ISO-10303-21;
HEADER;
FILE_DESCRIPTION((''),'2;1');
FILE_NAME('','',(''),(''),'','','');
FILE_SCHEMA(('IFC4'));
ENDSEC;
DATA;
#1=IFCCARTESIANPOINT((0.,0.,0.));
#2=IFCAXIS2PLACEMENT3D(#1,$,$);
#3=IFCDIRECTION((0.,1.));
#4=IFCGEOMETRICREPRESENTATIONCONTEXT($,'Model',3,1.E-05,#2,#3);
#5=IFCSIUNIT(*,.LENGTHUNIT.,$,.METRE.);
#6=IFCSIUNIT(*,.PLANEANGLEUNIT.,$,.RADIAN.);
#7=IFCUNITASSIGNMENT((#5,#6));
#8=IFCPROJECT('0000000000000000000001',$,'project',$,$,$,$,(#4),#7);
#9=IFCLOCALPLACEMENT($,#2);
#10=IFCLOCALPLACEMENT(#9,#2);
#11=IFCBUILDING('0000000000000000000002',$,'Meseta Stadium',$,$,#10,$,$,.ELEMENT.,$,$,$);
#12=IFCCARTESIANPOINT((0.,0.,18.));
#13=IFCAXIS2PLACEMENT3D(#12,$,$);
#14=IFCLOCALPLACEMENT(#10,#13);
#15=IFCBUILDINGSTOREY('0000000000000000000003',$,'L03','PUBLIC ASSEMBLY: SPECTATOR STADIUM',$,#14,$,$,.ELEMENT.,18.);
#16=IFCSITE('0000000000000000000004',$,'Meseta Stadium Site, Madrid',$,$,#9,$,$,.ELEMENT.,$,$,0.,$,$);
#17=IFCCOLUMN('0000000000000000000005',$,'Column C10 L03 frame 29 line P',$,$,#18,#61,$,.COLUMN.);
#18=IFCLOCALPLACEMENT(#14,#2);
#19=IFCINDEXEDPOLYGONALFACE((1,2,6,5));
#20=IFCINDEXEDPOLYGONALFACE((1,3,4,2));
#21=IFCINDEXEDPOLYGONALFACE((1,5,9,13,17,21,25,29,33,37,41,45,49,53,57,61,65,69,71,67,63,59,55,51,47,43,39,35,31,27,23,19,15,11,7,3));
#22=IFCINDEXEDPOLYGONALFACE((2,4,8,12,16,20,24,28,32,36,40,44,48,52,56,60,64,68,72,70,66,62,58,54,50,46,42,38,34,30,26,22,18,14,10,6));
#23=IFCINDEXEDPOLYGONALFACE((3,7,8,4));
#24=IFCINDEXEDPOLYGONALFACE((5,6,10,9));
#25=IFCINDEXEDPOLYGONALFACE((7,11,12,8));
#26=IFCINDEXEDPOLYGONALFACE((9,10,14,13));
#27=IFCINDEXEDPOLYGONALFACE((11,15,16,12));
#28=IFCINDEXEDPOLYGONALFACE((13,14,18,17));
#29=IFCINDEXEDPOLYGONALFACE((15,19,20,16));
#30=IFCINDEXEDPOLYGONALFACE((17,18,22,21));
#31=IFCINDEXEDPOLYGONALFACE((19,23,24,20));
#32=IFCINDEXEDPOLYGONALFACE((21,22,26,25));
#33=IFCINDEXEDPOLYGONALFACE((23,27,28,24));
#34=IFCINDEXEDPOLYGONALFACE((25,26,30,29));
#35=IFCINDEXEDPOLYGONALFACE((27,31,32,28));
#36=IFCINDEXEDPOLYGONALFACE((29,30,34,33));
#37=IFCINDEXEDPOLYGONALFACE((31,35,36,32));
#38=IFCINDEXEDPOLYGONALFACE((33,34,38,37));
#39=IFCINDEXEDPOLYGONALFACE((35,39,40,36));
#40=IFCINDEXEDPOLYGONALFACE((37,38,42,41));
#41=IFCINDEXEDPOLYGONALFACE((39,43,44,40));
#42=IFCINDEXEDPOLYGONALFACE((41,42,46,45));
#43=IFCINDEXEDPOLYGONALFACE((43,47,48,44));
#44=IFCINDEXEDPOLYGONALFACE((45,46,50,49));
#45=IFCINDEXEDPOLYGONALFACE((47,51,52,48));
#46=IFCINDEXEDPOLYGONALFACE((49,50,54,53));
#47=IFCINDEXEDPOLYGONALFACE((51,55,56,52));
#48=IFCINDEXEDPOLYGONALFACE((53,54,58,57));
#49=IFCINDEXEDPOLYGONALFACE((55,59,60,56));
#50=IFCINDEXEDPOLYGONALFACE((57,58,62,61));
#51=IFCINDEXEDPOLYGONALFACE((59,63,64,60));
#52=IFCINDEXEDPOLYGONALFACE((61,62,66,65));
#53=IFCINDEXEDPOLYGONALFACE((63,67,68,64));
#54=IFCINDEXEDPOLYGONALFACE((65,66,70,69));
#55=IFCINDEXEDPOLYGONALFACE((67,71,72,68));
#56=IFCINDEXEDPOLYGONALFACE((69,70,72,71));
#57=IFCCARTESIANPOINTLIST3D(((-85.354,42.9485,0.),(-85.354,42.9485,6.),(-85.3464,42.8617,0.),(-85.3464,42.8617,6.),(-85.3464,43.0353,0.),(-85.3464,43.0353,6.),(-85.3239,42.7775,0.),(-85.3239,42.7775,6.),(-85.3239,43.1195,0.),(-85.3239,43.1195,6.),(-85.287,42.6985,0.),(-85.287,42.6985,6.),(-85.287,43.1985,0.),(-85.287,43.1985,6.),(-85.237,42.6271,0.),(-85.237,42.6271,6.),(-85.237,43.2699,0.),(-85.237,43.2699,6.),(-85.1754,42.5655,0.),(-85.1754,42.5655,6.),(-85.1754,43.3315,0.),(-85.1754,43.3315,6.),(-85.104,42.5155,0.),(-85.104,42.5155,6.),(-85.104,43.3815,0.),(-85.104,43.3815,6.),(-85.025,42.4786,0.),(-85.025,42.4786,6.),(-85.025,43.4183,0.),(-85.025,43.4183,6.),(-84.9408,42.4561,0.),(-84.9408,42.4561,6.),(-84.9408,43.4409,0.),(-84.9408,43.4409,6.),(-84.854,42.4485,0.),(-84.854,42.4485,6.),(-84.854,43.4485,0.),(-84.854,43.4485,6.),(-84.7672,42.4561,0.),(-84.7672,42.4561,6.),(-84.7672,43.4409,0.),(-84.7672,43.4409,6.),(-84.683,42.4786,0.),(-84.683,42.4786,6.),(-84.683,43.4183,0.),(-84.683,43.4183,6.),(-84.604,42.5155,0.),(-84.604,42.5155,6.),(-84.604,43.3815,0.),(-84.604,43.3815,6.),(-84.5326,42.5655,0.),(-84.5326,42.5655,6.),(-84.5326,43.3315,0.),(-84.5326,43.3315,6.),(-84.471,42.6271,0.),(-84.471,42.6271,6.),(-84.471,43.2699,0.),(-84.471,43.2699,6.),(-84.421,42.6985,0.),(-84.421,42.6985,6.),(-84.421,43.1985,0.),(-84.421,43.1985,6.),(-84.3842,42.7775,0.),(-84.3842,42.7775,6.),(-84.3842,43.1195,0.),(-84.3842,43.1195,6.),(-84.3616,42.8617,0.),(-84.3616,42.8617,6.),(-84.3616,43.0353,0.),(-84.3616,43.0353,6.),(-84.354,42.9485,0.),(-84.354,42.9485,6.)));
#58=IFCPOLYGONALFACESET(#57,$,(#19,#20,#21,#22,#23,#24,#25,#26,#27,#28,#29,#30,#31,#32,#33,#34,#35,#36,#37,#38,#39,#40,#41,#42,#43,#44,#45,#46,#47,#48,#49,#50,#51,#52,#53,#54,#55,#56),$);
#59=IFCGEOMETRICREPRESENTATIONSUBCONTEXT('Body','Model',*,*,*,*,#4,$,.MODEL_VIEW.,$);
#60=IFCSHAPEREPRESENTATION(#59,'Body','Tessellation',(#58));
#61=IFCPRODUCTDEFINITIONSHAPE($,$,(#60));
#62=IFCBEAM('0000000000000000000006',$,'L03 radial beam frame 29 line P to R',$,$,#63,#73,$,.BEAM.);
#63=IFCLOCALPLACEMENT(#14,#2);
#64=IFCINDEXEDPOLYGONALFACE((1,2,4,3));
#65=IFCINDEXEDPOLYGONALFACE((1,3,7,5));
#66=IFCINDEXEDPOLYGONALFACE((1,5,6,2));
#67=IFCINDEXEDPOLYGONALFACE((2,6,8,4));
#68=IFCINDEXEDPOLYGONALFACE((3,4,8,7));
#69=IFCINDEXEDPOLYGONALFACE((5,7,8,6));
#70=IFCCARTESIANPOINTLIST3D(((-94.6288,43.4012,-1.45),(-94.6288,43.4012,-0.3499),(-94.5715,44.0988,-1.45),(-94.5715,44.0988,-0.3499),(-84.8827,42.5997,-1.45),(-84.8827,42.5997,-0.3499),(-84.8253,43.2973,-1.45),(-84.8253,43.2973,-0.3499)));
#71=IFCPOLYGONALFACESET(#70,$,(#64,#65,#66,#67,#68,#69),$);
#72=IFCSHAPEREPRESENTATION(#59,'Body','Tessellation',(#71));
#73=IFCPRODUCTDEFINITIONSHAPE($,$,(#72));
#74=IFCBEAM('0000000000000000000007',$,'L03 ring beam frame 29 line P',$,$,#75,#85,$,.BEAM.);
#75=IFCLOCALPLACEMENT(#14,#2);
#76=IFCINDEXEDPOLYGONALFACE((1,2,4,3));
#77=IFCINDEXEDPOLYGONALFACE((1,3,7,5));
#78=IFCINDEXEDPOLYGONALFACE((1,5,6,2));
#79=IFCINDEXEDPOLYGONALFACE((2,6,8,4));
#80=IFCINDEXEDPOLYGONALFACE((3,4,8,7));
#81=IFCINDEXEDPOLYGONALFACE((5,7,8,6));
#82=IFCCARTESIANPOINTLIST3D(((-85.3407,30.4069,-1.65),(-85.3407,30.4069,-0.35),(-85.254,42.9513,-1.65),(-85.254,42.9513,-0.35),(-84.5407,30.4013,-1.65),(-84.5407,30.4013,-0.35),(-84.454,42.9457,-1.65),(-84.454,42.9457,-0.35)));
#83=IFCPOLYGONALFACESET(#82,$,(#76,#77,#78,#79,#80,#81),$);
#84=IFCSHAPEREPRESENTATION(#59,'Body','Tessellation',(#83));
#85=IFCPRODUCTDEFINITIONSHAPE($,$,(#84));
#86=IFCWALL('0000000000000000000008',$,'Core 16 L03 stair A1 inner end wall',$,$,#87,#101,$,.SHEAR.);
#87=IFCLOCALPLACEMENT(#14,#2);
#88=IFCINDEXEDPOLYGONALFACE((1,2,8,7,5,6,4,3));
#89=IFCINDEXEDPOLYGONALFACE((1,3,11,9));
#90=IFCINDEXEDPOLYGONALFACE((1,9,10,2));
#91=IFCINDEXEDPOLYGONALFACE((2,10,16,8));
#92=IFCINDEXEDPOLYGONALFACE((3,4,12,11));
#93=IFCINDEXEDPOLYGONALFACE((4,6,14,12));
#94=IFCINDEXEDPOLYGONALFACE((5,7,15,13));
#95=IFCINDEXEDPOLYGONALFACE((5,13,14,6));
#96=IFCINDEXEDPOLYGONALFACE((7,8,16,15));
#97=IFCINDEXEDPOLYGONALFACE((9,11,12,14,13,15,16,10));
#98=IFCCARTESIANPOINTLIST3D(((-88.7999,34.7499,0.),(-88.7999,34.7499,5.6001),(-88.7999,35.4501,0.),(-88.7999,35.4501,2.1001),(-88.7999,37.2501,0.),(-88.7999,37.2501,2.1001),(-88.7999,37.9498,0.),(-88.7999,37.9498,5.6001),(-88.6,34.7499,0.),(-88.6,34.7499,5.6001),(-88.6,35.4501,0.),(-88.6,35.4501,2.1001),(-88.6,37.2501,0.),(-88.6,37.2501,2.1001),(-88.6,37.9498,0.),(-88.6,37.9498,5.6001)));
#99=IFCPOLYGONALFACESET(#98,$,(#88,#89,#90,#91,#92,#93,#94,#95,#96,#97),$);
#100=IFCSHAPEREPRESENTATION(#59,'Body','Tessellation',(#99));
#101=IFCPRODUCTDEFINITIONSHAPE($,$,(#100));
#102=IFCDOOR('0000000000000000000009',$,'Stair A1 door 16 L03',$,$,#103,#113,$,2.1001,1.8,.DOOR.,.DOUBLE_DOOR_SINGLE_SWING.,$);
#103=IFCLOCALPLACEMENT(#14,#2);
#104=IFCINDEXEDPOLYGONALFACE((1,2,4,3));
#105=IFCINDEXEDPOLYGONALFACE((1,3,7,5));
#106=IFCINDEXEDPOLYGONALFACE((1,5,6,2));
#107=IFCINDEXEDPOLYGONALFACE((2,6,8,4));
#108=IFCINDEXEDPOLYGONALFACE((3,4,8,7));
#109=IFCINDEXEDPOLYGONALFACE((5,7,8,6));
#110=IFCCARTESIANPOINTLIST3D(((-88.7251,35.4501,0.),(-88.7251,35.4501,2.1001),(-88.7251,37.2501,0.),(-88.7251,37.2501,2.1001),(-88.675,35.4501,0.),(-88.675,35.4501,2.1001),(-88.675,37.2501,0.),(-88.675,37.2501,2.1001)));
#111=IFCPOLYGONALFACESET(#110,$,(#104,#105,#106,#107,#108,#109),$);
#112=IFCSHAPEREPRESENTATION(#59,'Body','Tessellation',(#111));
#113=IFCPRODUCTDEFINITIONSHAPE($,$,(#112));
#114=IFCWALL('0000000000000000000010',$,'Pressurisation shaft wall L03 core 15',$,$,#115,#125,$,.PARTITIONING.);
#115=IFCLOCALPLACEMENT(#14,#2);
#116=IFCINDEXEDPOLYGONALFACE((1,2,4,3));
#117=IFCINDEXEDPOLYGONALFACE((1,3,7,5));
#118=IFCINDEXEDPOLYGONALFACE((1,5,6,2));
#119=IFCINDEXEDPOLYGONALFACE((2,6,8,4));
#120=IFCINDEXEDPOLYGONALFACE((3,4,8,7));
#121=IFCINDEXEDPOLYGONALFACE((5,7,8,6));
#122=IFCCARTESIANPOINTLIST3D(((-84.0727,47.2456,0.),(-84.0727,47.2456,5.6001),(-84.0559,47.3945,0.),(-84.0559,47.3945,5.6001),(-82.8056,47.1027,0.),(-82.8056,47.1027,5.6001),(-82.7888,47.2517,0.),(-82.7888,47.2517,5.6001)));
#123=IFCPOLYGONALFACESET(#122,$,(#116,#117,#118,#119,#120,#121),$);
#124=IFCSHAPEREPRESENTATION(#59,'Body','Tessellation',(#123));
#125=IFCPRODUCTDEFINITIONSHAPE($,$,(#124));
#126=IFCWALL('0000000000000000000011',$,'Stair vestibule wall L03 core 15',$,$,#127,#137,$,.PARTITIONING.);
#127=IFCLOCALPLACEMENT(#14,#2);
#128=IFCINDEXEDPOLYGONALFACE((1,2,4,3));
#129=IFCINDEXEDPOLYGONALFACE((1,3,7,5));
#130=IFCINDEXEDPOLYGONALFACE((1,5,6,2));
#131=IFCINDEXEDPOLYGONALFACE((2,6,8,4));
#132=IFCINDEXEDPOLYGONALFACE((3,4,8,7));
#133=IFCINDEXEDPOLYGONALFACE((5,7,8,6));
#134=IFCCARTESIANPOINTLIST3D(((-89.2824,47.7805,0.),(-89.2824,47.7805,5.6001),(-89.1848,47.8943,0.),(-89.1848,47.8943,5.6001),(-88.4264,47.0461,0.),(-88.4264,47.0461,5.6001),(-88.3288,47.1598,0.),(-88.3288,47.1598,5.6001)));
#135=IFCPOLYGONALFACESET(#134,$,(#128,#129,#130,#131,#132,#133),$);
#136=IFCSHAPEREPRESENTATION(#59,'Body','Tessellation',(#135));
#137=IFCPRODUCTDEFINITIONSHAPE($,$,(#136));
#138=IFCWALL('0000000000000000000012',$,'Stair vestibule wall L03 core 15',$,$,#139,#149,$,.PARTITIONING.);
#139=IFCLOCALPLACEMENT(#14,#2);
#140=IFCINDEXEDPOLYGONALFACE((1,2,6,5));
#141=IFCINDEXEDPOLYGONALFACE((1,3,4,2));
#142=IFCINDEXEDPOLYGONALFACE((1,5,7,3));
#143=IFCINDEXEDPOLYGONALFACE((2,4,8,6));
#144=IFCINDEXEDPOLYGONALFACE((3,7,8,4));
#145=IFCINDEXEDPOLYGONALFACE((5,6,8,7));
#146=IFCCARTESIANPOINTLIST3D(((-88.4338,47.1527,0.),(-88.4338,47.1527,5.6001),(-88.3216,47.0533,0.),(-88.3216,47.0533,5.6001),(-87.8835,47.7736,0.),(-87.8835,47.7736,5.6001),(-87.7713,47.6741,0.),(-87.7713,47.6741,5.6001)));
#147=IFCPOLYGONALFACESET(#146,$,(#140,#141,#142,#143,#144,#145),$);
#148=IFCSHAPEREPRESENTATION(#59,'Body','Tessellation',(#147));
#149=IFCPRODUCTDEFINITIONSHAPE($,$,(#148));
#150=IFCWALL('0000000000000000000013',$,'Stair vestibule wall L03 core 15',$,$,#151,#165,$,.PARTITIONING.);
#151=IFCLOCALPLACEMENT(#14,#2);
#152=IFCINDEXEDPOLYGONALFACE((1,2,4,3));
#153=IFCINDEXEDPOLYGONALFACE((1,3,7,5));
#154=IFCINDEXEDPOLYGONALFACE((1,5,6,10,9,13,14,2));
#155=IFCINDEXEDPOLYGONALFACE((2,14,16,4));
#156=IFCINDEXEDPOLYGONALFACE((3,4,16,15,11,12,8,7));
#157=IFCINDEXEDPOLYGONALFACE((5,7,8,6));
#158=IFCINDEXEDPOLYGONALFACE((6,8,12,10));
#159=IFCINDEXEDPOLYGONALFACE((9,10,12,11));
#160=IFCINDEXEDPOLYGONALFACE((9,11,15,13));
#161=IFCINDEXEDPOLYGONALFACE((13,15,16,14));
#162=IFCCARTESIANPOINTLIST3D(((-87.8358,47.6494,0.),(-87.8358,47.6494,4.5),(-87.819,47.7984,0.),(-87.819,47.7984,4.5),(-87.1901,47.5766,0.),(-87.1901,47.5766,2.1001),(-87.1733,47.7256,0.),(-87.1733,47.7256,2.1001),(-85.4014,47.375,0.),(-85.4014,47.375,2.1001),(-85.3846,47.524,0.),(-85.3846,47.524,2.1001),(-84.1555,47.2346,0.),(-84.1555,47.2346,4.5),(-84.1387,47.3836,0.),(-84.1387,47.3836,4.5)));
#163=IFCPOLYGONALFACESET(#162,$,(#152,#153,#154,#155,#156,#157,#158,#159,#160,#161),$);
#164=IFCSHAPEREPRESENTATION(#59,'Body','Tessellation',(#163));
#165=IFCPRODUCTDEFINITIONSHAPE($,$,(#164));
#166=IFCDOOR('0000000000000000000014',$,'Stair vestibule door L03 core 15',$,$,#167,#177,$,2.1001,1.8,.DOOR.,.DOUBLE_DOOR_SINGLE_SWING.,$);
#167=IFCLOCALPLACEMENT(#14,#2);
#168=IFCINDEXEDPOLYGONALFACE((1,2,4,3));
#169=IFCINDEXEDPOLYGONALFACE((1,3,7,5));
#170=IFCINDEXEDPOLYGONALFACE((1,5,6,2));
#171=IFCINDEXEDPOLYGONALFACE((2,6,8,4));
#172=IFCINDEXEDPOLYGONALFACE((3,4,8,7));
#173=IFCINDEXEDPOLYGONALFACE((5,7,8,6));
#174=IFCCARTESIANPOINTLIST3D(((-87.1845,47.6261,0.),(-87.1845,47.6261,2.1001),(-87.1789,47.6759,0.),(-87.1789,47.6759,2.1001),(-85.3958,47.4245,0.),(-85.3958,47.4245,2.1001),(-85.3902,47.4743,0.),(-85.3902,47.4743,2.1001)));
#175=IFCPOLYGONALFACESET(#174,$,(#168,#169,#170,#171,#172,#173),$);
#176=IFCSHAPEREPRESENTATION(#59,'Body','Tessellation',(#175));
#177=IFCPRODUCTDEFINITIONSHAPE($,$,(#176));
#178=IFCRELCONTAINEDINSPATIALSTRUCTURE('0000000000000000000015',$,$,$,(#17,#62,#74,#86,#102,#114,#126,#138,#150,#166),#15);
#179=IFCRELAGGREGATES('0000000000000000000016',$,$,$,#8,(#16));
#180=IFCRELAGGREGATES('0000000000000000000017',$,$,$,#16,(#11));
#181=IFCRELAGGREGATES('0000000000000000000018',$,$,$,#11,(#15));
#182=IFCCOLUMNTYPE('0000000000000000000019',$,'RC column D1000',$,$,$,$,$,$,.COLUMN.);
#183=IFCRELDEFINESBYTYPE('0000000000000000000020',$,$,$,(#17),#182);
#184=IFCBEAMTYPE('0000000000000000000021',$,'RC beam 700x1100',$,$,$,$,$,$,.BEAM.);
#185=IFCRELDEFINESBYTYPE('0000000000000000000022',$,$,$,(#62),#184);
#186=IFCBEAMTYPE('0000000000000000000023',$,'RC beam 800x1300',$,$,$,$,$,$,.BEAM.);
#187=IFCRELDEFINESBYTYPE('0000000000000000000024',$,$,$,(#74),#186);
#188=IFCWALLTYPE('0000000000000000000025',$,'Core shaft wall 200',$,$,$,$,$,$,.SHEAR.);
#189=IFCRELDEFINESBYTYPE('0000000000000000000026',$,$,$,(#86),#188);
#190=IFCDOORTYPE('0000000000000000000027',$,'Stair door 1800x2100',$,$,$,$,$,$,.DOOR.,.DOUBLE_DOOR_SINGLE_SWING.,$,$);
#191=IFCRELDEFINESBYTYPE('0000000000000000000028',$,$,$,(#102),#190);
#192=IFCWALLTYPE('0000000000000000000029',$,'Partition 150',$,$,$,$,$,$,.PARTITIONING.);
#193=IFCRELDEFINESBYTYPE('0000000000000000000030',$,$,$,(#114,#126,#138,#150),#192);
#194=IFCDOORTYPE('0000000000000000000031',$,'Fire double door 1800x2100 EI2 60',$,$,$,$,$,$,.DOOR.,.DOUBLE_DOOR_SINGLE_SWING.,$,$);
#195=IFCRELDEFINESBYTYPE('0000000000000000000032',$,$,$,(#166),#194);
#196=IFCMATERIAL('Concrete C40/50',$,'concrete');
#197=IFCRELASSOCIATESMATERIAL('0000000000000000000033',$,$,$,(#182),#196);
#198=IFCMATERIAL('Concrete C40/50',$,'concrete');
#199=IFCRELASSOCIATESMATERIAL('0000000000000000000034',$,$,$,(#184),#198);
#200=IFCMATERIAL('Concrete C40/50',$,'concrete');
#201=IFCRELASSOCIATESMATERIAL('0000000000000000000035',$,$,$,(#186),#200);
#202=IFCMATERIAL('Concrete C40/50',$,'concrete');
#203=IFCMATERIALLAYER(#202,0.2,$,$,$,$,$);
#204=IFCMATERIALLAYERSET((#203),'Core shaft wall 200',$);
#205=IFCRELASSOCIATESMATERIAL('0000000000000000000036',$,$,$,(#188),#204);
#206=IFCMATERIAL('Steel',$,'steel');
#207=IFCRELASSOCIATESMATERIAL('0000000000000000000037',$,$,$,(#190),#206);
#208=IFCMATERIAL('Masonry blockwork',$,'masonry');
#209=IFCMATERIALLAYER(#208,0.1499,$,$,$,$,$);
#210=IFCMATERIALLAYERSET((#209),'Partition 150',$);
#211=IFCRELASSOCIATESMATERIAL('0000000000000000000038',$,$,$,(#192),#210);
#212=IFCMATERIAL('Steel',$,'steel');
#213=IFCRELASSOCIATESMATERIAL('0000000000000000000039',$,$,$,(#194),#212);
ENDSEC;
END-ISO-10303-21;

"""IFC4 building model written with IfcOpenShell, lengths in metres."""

from ifc_helpers import new_model, si_unit, direction, frame, frame_2d, origin, origin_2d, place, context, subcontext, project, spatial, rectangle, circle, extrude, material, layer, layer_set, material_profile, profile_set, type_object, element, fill, save


model = new_model("IFC4")

# Units and contexts
model_context = context("Model", 3, precision=1e-05, world=origin(), true_north=direction((0.0, 1.0)))
body_context = subcontext(model_context, "Body", "Model", "MODEL_VIEW")
ifc_project = project(units=[si_unit("LENGTHUNIT", "METRE"), si_unit("PLANEANGLEUNIT", "RADIAN")], contexts=[model_context])

# Site, building, storey
site_placement = place(None, origin())
site = spatial("IfcSite", under=ifc_project, at=site_placement, Name="Meseta Stadium Site, Madrid", CompositionType="ELEMENT", RefElevation=0.0)
building_placement = place(site_placement, origin())
building = spatial("IfcBuilding", under=site, at=building_placement, Name="Meseta Stadium", CompositionType="ELEMENT")
storey_placement = place(building_placement, frame((0.0, 0.0, 18.0)))
storey = spatial("IfcBuildingStorey", under=building, at=storey_placement, Name="L03", Description="PUBLIC ASSEMBLY: SPECTATOR STADIUM", CompositionType="ELEMENT", Elevation=18.0)

# Column
ifc_material_1 = material(Name="Concrete C40/50", Category="concrete")
ifc_material_profile_1 = material_profile(ifc_material_1, circle(Radius=0.5, at=origin_2d()), Name="RC D1000")
ifc_profile_set_1 = profile_set([ifc_material_profile_1], Name="Concrete C40/50")
column_type = type_object("IfcColumnType", Name="RC column D1000", PredefinedType="COLUMN", material=ifc_profile_set_1)
column_placement = place(storey_placement, frame((-84.854, 42.9485, 0.0), z_axis=(0.0, 0.0, 1.0), x_axis=(1.0, 0.0, 0.0)))
element("IfcColumn", 1, at=column_placement, inside=storey, type_object=column_type, Name="Column C10 L03 frame 29 line P", PredefinedType="COLUMN", context=body_context, shape_type="SweptSolid", body=[
    extrude(circle(Radius=0.5, at=origin_2d()), origin(), (0.0, 0.0, 1.0), 6.0),
])

# Beams
ifc_material_2 = material(Name="Concrete C40/50", Category="concrete")
ifc_material_profile_2 = material_profile(ifc_material_2, rectangle(XDim=0.7, YDim=1.1001, at=origin_2d()), Name="RC 700x1100")
ifc_profile_set_2 = profile_set([ifc_material_profile_2], Name="Concrete C40/50")
beam_type_1 = type_object("IfcBeamType", Name="RC beam 700x1100", PredefinedType="BEAM", material=ifc_profile_set_2)
beam_1_placement = place(storey_placement, frame((-84.854, 42.9485, -0.8999), z_axis=(-0.996635, 0.081963, 0.0), x_axis=(-0.081963, -0.996635, 0.0)))
element("IfcBeam", 2, at=beam_1_placement, inside=storey, type_object=beam_type_1, Name="L03 radial beam frame 29 line P to R", PredefinedType="BEAM", context=body_context, shape_type="SweptSolid", body=[
    extrude(rectangle(XDim=0.7, YDim=1.1001, at=origin_2d()), origin(), (0.0, 0.0, 1.0), 9.7791),
])
ifc_material_3 = material(Name="Concrete C40/50", Category="concrete")
ifc_material_profile_3 = material_profile(ifc_material_3, rectangle(XDim=0.8, YDim=1.3, at=origin_2d()), Name="RC 800x1300")
ifc_profile_set_3 = profile_set([ifc_material_profile_3], Name="Concrete C40/50")
beam_type_2 = type_object("IfcBeamType", Name="RC beam 800x1300", PredefinedType="BEAM", material=ifc_profile_set_3)
beam_2_placement = place(storey_placement, frame((-84.854, 42.9485, -1.0), z_axis=(-0.006909, -0.999976, 0.0), x_axis=(0.999976, -0.006909, 0.0)))
element("IfcBeam", 3, at=beam_2_placement, inside=storey, type_object=beam_type_2, Name="L03 ring beam frame 29 line P", PredefinedType="BEAM", context=body_context, shape_type="SweptSolid", body=[
    extrude(rectangle(XDim=0.8, YDim=1.3, at=origin_2d()), origin(), (0.0, 0.0, 1.0), 12.5447),
])

# Wall, opening, door
ifc_material_4 = material(Name="Concrete C40/50", Category="concrete")
ifc_layer_1 = layer(ifc_material_4, 0.2)
ifc_layer_set_1 = layer_set([ifc_layer_1], Name="Core shaft wall 200")
wall_type_1 = type_object("IfcWallType", Name="Core shaft wall 200", PredefinedType="SHEAR", material=ifc_layer_set_1)
wall_1_placement = place(storey_placement, frame((-88.7, 37.95, 0.0), z_axis=(0.0, 0.0, 1.0), x_axis=(0.0, -1.0, 0.0)))
wall_1 = element("IfcWall", 4, at=wall_1_placement, inside=storey, type_object=wall_type_1, Name="Core 16 L03 stair A1 inner end wall", PredefinedType="SHEAR", context=body_context, shape_type="SweptSolid", body=[
    extrude(rectangle(XDim=3.2, YDim=0.2, at=frame_2d((1.6001, 0.0))), origin(), (0.0, 0.0, 1.0), 5.6001),
])
opening_1_placement = place(wall_1_placement, frame((0.7, 0.0, 0.0)))
opening_1 = element("IfcOpeningElement", 5, at=opening_1_placement, cuts=wall_1, PredefinedType="OPENING", context=body_context, shape_type="SweptSolid", body=[
    extrude(rectangle(XDim=1.8, YDim=2.1001, at=frame_2d((0.8999, 1.05))), frame((0.0, 0.1099, 0.0), z_axis=(0.0, -1.0, 0.0), x_axis=(1.0, 0.0, 0.0)), (0.0, 0.0, 1.0), 0.22),
])
ifc_material_5 = material(Name="Steel", Category="steel")
door_type_1 = type_object("IfcDoorType", Name="Stair door 1800x2100", OperationType="DOUBLE_DOOR_SINGLE_SWING", PredefinedType="DOOR", material=ifc_material_5)
door_1_placement = place(opening_1_placement, origin())
door_1 = element("IfcDoor", 6, at=door_1_placement, inside=storey, type_object=door_type_1, Name="Stair A1 door 16 L03", OperationType="DOUBLE_DOOR_SINGLE_SWING", OverallHeight=2.1001, OverallWidth=1.8, PredefinedType="DOOR", context=body_context, shape_type="SweptSolid", body=[
    extrude(rectangle(XDim=1.8, YDim=2.1001, at=frame_2d((0.8999, 1.05))), frame((0.0, 0.0249, 0.0), z_axis=(0.0, -1.0, 0.0), x_axis=(1.0, 0.0, 0.0)), (0.0, 0.0, 1.0), 0.05),
])
fill(opening_1, door_1)

# Walls
ifc_material_6 = material(Name="Masonry blockwork", Category="masonry")
ifc_layer_2 = layer(ifc_material_6, 0.1499)
ifc_layer_set_2 = layer_set([ifc_layer_2], Name="Partition 150")
wall_type_2 = type_object("IfcWallType", Name="Partition 150", PredefinedType="PARTITIONING", material=ifc_layer_set_2)
wall_2_placement = place(storey_placement, frame((-84.0645, 47.3201, 0.0), z_axis=(0.0, 0.0, 1.0), x_axis=(0.993707, -0.112007, 0.0)))
element("IfcWall", 7, at=wall_2_placement, inside=storey, type_object=wall_type_2, Name="Pressurisation shaft wall L03 core 15", PredefinedType="PARTITIONING", context=body_context, shape_type="SweptSolid", body=[
    extrude(rectangle(XDim=1.2751, YDim=0.1499, at=frame_2d((0.6377, 0.0))), origin(), (0.0, 0.0, 1.0), 5.6001),
])
wall_3_placement = place(storey_placement, frame((-89.2336, 47.8374, 0.0), z_axis=(0.0, 0.0, 1.0), x_axis=(0.758951, -0.651148, 0.0)))
element("IfcWall", 8, at=wall_3_placement, inside=storey, type_object=wall_type_2, Name="Stair vestibule wall L03 core 15", PredefinedType="PARTITIONING", context=body_context, shape_type="SweptSolid", body=[
    extrude(rectangle(XDim=1.1279, YDim=0.1499, at=frame_2d((0.564, 0.0))), origin(), (0.0, 0.0, 1.0), 5.6001),
])
wall_4_placement = place(storey_placement, frame((-88.3777, 47.103, 0.0), z_axis=(0.0, 0.0, 1.0), x_axis=(0.663304, 0.74835, 0.0)))
element("IfcWall", 9, at=wall_4_placement, inside=storey, type_object=wall_type_2, Name="Stair vestibule wall L03 core 15", PredefinedType="PARTITIONING", context=body_context, shape_type="SweptSolid", body=[
    extrude(rectangle(XDim=0.8296, YDim=0.1499, at=frame_2d((0.4148, 0.0))), origin(), (0.0, 0.0, 1.0), 5.6001),
])

# Wall, opening, door
wall_5_placement = place(storey_placement, frame((-87.8274, 47.7239, 0.0), z_axis=(0.0, 0.0, 1.0), x_axis=(0.993709, -0.111994, 0.0)))
wall_5 = element("IfcWall", 10, at=wall_5_placement, inside=storey, type_object=wall_type_2, Name="Stair vestibule wall L03 core 15", PredefinedType="PARTITIONING", context=body_context, shape_type="SweptSolid", body=[
    extrude(rectangle(XDim=3.7036, YDim=0.1499, at=frame_2d((1.8518, 0.0))), origin(), (0.0, 0.0, 1.0), 4.5),
])
opening_2_placement = place(wall_5_placement, frame((0.6499, 0.0, 0.0)))
opening_2 = element("IfcOpeningElement", 11, at=opening_2_placement, cuts=wall_5, PredefinedType="OPENING", context=body_context, shape_type="SweptSolid", body=[
    extrude(rectangle(XDim=1.8, YDim=2.1001, at=frame_2d((0.8999, 1.05))), frame((0.0, 0.085, 0.0), z_axis=(0.0, -1.0, 0.0), x_axis=(1.0, 0.0, 0.0)), (0.0, 0.0, 1.0), 0.1699),
])
ifc_material_7 = material(Name="Steel", Category="steel")
door_type_2 = type_object("IfcDoorType", Name="Fire double door 1800x2100 EI2 60", OperationType="DOUBLE_DOOR_SINGLE_SWING", PredefinedType="DOOR", material=ifc_material_7)
door_2_placement = place(opening_2_placement, origin())
door_2 = element("IfcDoor", 12, at=door_2_placement, inside=storey, type_object=door_type_2, Name="Stair vestibule door L03 core 15", OperationType="DOUBLE_DOOR_SINGLE_SWING", OverallHeight=2.1001, OverallWidth=1.8, PredefinedType="DOOR", context=body_context, shape_type="SweptSolid", body=[
    extrude(rectangle(XDim=1.8, YDim=2.1001, at=frame_2d((0.8999, 1.05))), frame((0.0, 0.0249, 0.0), z_axis=(0.0, -1.0, 0.0), x_axis=(1.0, 0.0, 0.0)), (0.0, 0.0, 1.0), 0.05),
])
fill(opening_2, door_2)

save(model, "model.ifc")
